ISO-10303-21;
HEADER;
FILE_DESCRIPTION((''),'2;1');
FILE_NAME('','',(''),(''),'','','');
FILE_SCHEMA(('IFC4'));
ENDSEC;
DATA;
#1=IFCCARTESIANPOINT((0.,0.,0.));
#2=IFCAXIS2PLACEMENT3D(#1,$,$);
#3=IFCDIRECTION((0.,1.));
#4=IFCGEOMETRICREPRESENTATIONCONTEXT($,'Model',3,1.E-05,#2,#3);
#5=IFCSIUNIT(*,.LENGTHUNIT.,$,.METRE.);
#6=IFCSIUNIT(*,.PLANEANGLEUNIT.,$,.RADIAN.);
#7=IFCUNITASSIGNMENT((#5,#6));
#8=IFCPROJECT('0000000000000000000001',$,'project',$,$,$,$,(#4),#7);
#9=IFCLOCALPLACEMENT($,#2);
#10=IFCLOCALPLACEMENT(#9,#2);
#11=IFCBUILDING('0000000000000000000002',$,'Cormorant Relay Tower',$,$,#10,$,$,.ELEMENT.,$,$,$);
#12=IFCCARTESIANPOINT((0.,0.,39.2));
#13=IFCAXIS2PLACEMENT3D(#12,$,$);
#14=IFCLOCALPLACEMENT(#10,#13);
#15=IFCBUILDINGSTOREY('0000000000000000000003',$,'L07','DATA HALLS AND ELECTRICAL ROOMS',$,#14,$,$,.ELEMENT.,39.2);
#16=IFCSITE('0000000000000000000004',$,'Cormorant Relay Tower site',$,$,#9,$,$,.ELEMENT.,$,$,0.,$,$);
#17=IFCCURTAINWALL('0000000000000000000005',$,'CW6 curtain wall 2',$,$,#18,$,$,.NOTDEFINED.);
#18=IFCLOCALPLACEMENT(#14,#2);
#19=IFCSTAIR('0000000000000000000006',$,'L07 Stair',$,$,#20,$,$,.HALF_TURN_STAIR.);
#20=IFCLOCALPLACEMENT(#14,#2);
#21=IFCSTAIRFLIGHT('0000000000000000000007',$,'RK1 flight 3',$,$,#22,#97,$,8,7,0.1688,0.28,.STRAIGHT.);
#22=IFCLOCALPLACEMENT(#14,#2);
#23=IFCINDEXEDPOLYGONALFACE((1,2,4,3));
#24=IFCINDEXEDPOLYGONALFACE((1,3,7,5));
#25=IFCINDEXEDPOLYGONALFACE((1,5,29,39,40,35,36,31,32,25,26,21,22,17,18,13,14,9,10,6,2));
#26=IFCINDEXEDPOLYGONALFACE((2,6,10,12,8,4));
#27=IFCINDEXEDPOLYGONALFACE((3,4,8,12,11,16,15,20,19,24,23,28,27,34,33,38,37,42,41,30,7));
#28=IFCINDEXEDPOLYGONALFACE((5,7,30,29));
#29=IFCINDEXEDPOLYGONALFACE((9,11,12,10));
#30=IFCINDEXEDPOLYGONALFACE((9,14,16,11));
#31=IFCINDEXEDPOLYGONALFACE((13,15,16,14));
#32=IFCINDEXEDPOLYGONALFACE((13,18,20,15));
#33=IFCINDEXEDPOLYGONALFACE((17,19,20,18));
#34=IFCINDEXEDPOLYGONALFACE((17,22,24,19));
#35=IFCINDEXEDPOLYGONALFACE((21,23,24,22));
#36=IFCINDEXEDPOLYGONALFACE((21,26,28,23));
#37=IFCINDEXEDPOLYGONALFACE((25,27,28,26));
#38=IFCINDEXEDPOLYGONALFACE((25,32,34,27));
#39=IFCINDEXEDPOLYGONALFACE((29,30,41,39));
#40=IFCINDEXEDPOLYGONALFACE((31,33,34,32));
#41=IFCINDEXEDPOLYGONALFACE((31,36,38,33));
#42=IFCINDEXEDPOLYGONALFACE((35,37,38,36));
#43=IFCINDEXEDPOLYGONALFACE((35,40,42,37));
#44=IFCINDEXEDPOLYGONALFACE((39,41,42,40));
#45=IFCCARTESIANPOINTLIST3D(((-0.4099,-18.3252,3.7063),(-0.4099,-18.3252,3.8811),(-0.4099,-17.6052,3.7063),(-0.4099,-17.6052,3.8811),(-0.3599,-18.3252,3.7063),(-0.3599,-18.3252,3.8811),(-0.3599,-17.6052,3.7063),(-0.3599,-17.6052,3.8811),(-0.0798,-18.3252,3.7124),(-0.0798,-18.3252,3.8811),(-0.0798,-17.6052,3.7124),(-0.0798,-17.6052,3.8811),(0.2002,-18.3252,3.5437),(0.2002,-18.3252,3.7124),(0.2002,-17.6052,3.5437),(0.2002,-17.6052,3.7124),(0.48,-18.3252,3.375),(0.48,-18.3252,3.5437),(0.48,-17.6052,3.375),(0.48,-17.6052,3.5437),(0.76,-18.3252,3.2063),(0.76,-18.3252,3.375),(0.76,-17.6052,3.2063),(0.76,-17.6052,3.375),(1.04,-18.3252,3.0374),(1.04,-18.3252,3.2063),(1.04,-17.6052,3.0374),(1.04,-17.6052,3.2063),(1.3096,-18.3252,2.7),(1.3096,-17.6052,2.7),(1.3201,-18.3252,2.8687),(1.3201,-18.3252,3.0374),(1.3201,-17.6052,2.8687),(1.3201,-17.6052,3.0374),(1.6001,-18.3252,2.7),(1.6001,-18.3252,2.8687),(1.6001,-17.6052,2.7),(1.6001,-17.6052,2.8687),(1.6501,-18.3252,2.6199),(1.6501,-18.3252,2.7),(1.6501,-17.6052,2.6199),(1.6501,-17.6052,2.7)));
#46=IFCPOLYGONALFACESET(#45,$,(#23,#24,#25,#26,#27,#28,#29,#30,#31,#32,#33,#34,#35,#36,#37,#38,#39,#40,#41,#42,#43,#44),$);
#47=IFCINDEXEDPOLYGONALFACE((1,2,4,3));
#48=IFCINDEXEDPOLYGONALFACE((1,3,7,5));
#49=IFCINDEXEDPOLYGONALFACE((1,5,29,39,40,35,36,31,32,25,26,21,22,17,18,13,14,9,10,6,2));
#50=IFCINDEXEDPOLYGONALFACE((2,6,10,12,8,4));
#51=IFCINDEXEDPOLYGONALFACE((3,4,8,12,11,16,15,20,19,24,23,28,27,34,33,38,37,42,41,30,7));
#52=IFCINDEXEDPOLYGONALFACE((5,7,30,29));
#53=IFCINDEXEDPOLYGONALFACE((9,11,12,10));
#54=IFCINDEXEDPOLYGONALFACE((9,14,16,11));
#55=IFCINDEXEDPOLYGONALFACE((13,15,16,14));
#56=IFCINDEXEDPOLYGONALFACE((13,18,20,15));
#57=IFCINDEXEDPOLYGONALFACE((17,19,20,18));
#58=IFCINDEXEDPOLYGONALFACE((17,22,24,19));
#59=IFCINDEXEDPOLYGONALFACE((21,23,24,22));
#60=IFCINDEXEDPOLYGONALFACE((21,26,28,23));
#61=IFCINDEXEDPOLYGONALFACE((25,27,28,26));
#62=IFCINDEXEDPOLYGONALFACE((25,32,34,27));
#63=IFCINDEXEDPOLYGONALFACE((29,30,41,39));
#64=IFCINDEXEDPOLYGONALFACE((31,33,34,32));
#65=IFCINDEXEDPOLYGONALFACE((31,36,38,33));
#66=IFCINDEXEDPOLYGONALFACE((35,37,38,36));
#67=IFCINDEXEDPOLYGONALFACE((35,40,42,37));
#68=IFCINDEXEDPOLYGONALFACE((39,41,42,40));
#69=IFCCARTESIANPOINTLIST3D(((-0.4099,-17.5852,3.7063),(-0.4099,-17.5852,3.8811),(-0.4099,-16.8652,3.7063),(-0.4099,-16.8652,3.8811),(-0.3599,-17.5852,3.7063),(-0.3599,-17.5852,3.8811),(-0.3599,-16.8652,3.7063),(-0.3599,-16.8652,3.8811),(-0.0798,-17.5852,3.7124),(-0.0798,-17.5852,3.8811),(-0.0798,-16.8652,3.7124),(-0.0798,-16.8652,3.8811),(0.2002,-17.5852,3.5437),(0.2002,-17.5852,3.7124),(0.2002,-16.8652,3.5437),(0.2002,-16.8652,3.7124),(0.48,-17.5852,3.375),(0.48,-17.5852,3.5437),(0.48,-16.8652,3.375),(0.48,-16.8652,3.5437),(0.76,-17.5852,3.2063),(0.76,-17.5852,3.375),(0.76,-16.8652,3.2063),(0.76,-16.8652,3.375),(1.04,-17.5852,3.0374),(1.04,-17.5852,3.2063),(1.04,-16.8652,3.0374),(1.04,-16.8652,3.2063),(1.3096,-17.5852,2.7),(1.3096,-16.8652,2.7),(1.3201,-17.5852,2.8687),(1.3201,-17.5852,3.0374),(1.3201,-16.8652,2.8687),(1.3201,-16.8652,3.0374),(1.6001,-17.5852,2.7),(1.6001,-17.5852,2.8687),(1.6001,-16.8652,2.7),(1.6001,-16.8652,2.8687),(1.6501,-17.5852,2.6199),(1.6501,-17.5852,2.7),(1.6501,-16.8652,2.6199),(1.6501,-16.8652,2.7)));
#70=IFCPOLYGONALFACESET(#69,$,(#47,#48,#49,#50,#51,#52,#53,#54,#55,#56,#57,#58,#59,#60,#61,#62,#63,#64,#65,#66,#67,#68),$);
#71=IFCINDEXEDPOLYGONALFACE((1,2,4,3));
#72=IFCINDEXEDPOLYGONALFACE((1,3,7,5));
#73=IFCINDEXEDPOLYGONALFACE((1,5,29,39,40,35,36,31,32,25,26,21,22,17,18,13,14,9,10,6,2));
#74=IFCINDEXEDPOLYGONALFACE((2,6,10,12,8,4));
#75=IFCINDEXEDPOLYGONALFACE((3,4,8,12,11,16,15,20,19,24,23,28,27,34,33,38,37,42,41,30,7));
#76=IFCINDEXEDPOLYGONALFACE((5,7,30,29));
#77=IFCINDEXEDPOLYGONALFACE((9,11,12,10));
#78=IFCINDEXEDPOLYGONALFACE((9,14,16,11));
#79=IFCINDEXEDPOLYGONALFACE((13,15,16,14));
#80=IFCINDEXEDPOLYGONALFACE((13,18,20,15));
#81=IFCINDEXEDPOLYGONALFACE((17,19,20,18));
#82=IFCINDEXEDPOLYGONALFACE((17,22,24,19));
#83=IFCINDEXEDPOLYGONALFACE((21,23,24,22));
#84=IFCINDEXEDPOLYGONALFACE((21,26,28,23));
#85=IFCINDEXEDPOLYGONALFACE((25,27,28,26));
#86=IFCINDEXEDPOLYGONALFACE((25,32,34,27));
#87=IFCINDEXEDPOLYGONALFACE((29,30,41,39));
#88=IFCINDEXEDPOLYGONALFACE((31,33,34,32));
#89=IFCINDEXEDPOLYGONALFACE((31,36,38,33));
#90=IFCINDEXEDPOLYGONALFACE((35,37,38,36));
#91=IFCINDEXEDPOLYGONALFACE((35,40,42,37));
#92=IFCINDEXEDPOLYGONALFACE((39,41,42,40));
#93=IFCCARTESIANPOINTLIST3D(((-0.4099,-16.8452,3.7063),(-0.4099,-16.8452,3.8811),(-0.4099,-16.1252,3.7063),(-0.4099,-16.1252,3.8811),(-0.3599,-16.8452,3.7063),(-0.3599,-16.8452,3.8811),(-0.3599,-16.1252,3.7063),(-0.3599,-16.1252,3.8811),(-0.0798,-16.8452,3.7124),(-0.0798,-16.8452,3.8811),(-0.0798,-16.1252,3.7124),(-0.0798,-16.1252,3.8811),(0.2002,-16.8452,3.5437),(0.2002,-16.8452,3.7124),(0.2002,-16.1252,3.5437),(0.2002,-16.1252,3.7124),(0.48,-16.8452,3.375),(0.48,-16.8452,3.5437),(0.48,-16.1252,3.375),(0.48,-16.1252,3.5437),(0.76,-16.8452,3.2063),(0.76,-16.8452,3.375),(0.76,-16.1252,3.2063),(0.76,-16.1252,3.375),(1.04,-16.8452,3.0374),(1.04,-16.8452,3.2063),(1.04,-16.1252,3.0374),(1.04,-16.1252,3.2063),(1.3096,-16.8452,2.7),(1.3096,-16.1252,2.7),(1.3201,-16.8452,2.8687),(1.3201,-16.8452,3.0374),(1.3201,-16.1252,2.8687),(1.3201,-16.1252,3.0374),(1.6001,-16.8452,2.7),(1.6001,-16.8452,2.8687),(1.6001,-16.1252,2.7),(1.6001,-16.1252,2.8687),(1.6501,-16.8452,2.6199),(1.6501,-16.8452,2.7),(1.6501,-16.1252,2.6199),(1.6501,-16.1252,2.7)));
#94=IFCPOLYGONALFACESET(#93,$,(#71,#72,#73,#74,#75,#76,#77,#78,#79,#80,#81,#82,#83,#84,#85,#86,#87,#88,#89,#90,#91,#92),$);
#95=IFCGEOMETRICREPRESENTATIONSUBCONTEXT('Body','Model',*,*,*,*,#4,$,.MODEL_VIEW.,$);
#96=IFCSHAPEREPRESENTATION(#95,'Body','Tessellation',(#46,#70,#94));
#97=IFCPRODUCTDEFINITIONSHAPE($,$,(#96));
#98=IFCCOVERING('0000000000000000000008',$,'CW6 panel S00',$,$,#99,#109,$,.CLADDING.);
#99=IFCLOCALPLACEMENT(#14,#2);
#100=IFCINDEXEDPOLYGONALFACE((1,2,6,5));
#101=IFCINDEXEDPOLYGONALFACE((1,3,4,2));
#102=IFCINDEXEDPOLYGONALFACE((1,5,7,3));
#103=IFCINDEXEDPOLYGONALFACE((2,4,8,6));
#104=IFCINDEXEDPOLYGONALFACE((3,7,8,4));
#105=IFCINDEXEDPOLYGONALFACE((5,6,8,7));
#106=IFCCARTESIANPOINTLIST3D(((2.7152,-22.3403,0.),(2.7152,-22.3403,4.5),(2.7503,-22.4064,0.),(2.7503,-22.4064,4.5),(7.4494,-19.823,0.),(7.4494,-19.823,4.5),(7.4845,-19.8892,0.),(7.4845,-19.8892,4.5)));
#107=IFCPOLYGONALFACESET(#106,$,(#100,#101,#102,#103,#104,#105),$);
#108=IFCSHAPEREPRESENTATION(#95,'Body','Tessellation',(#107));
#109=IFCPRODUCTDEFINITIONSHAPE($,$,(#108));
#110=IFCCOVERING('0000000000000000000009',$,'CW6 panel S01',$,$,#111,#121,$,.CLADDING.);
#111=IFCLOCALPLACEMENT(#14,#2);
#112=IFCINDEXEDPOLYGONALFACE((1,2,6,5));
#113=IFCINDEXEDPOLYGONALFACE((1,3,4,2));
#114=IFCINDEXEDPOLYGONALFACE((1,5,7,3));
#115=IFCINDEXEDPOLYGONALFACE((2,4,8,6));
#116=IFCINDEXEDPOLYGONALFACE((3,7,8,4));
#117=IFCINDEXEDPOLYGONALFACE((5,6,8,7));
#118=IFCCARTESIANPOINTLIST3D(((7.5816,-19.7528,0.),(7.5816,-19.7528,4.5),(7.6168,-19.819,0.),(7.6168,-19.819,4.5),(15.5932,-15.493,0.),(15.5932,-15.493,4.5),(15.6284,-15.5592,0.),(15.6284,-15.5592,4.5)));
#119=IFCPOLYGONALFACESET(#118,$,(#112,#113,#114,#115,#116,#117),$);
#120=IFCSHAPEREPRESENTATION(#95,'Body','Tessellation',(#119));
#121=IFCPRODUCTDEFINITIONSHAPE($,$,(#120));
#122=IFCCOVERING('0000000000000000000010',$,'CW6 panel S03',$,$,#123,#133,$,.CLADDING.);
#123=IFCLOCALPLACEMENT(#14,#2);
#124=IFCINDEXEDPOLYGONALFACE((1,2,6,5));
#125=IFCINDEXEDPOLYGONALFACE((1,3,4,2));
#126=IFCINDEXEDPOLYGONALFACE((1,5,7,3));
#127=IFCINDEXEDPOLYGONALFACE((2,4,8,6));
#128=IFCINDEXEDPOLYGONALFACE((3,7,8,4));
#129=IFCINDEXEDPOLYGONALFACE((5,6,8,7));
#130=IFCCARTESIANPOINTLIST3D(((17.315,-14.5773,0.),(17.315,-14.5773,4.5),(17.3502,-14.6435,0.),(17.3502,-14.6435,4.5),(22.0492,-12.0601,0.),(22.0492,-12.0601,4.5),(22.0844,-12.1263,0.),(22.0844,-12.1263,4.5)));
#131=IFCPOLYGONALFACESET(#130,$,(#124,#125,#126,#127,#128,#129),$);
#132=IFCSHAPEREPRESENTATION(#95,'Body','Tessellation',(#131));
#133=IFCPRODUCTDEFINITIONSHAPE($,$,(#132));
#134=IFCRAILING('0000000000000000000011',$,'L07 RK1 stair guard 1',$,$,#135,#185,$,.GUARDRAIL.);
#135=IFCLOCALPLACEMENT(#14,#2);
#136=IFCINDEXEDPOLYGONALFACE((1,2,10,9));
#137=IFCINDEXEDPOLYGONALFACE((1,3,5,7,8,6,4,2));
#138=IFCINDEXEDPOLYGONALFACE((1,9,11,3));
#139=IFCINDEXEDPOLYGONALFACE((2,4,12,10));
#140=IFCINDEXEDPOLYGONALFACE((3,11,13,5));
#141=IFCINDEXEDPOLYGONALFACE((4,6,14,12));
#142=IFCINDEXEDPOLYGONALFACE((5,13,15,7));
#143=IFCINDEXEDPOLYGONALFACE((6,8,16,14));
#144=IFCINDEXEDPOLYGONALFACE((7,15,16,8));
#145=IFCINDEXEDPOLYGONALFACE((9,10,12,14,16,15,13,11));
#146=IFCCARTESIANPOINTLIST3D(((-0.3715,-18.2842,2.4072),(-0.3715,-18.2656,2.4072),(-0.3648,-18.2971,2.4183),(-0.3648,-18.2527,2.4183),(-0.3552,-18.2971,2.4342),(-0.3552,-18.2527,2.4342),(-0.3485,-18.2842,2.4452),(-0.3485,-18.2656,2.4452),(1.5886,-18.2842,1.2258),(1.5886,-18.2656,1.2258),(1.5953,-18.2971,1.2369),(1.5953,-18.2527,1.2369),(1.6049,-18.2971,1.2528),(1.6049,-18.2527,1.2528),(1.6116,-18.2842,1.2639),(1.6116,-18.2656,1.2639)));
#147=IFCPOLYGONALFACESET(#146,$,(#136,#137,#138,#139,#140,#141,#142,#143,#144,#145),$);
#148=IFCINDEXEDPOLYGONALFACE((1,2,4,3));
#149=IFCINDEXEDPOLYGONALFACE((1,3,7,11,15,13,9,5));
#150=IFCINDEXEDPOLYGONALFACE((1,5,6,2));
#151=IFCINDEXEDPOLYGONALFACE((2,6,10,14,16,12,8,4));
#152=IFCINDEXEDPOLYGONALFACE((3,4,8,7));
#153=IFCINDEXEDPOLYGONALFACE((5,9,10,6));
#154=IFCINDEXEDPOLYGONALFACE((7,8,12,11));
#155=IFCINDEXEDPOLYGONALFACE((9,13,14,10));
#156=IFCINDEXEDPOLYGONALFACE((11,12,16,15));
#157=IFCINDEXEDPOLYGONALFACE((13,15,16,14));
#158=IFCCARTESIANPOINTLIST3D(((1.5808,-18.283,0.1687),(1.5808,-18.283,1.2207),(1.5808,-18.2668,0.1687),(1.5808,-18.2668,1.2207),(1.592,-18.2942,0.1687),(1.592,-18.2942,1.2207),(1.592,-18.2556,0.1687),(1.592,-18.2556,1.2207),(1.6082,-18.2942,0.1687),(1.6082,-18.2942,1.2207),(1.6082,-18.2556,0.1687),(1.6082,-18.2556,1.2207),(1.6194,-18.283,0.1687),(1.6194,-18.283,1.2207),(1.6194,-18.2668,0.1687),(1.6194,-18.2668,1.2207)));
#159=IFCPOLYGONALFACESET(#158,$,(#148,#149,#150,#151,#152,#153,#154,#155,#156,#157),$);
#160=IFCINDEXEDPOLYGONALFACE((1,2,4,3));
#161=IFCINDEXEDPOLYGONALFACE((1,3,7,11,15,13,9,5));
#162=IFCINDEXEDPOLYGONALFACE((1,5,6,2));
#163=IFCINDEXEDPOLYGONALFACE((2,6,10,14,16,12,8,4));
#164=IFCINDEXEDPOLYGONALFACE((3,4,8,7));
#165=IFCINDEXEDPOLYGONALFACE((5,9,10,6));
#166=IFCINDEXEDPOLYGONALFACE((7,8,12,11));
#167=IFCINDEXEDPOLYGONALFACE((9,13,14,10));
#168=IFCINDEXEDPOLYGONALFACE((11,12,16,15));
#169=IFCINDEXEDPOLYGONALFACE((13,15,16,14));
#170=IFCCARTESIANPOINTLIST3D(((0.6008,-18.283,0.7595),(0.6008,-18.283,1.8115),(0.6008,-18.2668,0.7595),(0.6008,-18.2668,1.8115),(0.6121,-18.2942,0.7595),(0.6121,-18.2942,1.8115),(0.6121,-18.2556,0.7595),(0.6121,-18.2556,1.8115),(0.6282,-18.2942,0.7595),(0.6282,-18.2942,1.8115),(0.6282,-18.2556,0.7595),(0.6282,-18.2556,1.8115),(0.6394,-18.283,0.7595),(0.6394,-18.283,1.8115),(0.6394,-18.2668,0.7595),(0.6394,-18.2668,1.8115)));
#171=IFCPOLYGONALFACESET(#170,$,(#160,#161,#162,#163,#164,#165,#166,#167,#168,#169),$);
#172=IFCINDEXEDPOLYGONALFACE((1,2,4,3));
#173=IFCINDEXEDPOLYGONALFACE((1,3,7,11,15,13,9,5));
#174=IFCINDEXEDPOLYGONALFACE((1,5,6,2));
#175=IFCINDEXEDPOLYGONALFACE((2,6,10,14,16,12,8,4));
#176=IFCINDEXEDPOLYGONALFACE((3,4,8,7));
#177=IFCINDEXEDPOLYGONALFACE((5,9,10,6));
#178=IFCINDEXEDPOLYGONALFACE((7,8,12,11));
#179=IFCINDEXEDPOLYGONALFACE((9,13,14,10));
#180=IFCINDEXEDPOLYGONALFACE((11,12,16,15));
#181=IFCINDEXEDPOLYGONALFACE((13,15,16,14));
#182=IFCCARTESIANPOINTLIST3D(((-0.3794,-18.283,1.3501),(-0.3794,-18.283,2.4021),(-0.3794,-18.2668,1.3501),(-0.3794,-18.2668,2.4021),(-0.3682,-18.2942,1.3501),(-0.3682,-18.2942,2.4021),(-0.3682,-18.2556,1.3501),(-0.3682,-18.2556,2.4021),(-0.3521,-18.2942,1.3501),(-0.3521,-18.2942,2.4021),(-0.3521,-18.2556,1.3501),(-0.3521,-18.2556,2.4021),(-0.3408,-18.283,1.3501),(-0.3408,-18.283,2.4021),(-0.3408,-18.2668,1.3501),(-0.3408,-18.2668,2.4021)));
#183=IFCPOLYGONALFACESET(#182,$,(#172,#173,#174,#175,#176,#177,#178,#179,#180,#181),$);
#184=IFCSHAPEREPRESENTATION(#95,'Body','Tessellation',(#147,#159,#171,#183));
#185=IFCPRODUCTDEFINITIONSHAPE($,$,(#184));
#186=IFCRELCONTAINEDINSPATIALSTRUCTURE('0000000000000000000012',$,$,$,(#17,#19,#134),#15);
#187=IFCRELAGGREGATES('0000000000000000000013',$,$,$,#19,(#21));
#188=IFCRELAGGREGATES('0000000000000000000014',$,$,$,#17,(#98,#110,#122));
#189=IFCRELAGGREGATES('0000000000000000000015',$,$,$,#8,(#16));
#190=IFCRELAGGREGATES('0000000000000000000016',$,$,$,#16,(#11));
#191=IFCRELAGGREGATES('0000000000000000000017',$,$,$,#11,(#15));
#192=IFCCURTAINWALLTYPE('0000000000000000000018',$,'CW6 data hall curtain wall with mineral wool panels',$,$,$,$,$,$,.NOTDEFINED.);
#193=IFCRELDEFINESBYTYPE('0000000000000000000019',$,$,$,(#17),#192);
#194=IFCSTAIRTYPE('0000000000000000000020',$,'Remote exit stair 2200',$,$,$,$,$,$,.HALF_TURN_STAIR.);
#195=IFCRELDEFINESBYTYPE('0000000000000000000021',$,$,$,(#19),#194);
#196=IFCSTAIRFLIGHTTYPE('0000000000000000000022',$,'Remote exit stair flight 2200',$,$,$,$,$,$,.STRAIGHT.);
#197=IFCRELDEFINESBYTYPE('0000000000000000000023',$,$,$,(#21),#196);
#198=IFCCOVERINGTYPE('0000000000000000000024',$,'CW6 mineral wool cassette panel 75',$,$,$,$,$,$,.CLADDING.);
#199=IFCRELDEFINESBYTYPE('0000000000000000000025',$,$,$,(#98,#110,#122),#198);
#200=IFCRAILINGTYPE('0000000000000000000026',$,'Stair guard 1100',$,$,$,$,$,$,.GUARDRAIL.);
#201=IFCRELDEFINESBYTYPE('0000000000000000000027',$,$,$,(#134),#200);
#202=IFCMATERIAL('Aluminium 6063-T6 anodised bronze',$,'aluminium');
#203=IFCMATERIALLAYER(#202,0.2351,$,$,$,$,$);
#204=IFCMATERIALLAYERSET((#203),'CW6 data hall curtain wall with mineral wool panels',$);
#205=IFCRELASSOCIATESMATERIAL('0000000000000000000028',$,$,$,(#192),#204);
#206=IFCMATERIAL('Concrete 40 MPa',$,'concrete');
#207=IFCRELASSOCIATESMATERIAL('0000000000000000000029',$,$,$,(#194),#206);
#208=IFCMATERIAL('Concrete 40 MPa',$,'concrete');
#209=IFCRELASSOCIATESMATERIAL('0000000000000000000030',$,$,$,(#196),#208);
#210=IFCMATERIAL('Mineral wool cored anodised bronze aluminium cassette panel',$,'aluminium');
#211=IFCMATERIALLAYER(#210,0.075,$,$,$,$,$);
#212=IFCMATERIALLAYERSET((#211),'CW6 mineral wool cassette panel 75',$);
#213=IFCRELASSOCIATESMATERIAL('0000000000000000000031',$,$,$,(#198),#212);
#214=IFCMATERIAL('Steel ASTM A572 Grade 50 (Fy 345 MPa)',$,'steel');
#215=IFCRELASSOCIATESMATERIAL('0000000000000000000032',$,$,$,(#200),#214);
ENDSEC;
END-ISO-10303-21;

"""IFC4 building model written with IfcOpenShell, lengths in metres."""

from ifc_helpers import new_model, si_unit, direction, frame, origin, origin_2d, place, context, subcontext, project, spatial, polyline, rectangle, outline, extrude, material, layer, layer_set, type_object, element, aggregate, save


model = new_model("IFC4")

# Units and contexts
model_context = context("Model", 3, precision=1e-05, world=origin(), true_north=direction((0.0, 1.0)))
body_context = subcontext(model_context, "Body", "Model", "MODEL_VIEW")
ifc_project = project(units=[si_unit("LENGTHUNIT", "METRE"), si_unit("PLANEANGLEUNIT", "RADIAN")], contexts=[model_context])

# Site, building, storey
site_placement = place(None, origin())
site = spatial("IfcSite", under=ifc_project, at=site_placement, Name="Cormorant Relay Tower site", CompositionType="ELEMENT", RefElevation=0.0)
building_placement = place(site_placement, origin())
building = spatial("IfcBuilding", under=site, at=building_placement, Name="Cormorant Relay Tower", CompositionType="ELEMENT")
storey_placement = place(building_placement, frame((0.0, 0.0, 39.2)))
storey = spatial("IfcBuildingStorey", under=building, at=storey_placement, Name="L07", Description="DATA HALLS AND ELECTRICAL ROOMS", CompositionType="ELEMENT", Elevation=39.2)

# Curtain wall
ifc_material_1 = material(Name="Aluminium 6063-T6 anodised bronze", Category="aluminium")
ifc_layer_1 = layer(ifc_material_1, 0.2351)
ifc_layer_set_1 = layer_set([ifc_layer_1], Name="CW6 data hall curtain wall with mineral wool panels")
curtain_wall_type = type_object("IfcCurtainWallType", Name="CW6 data hall curtain wall with mineral wool panels", PredefinedType="NOTDEFINED", material=ifc_layer_set_1)
curtain_wall_1_placement = place(storey_placement, origin())
curtain_wall_1 = element("IfcCurtainWall", 1, at=curtain_wall_1_placement, inside=storey, type_object=curtain_wall_type, Name="CW6 curtain wall 2", PredefinedType="NOTDEFINED")

# Stair, stair flight
ifc_material_2 = material(Name="Concrete 40 MPa", Category="concrete")
stair_type = type_object("IfcStairType", Name="Remote exit stair 2200", PredefinedType="HALF_TURN_STAIR", material=ifc_material_2)
stair_placement = place(storey_placement, origin())
stair = element("IfcStair", 2, at=stair_placement, inside=storey, type_object=stair_type, Name="L07 Stair", PredefinedType="HALF_TURN_STAIR")
ifc_material_3 = material(Name="Concrete 40 MPa", Category="concrete")
stair_flight_type = type_object("IfcStairFlightType", Name="Remote exit stair flight 2200", PredefinedType="STRAIGHT", material=ifc_material_3)
stair_flight_1_placement = place(storey_placement, frame((1.6001, -17.2251, 2.7), z_axis=(0.0, 0.0, 1.0), x_axis=(-1.0, 0.0, 0.0)))
stair_flight_1 = element("IfcStairFlight", 3, at=stair_flight_1_placement, type_object=stair_flight_type, Name="RK1 flight 3", NumberOfRisers=8, NumberOfTreads=7, PredefinedType="STRAIGHT", RiserHeight=0.1688, TreadLength=0.28, context=body_context, shape_type="SweptSolid", body=[
    extrude(outline(polyline([(-0.05, -0.0801), (-0.05, 0.0), (0.0, 0.0), (0.0, 0.1687), (0.28, 0.1687), (0.28, 0.3374), (0.5601, 0.3374), (0.5601, 0.5063), (0.8401, 0.5063), (0.8401, 0.675), (1.1201, 0.675), (1.1201, 0.8438), (1.3999, 0.8438), (1.3999, 1.0125), (1.6799, 1.0125), (1.6799, 1.1812), (1.96, 1.1812), (2.01, 1.1812), (2.01, 1.0063), (1.96, 1.0063), (0.2905, 0.0), (-0.05, -0.0801)])), frame((0.0, 1.1001, 0.0), z_axis=(0.0, -1.0, 0.0), x_axis=(1.0, 0.0, 0.0)), (0.0, 0.0, 1.0), 0.72),
    extrude(outline(polyline([(-0.05, -0.0801), (-0.05, 0.0), (0.0, 0.0), (0.0, 0.1687), (0.28, 0.1687), (0.28, 0.3374), (0.5601, 0.3374), (0.5601, 0.5063), (0.8401, 0.5063), (0.8401, 0.675), (1.1201, 0.675), (1.1201, 0.8438), (1.3999, 0.8438), (1.3999, 1.0125), (1.6799, 1.0125), (1.6799, 1.1812), (1.96, 1.1812), (2.01, 1.1812), (2.01, 1.0063), (1.96, 1.0063), (0.2905, 0.0), (-0.05, -0.0801)])), frame((0.0, 0.3601, 0.0), z_axis=(0.0, -1.0, 0.0), x_axis=(1.0, 0.0, 0.0)), (0.0, 0.0, 1.0), 0.72),
    extrude(outline(polyline([(-0.05, -0.0801), (-0.05, 0.0), (0.0, 0.0), (0.0, 0.1687), (0.28, 0.1687), (0.28, 0.3374), (0.5601, 0.3374), (0.5601, 0.5063), (0.8401, 0.5063), (0.8401, 0.675), (1.1201, 0.675), (1.1201, 0.8438), (1.3999, 0.8438), (1.3999, 1.0125), (1.6799, 1.0125), (1.6799, 1.1812), (1.96, 1.1812), (2.01, 1.1812), (2.01, 1.0063), (1.96, 1.0063), (0.2905, 0.0), (-0.05, -0.0801)])), frame((0.0, -0.3799, 0.0), z_axis=(0.0, -1.0, 0.0), x_axis=(1.0, 0.0, 0.0)), (0.0, 0.0, 1.0), 0.72),
])
aggregate(stair, [stair_flight_1])

# Coverings
ifc_material_4 = material(Name="Mineral wool cored anodised bronze aluminium cassette panel", Category="aluminium")
ifc_layer_2 = layer(ifc_material_4, 0.075)
ifc_layer_set_2 = layer_set([ifc_layer_2], Name="CW6 mineral wool cassette panel 75")
covering_type = type_object("IfcCoveringType", Name="CW6 mineral wool cassette panel 75", PredefinedType="CLADDING", material=ifc_layer_set_2)
covering_1_placement = place(storey_placement, frame((5.0999, -21.1147, 0.0), z_axis=(0.0, 0.0, 1.0), x_axis=(0.882948, 0.469472, 0.0)))
covering_1 = element("IfcCovering", 4, at=covering_1_placement, type_object=covering_type, Name="CW6 panel S00", PredefinedType="CLADDING", context=body_context, shape_type="SweptSolid", body=[
    extrude(rectangle(XDim=5.3618, YDim=0.075, at=origin_2d()), origin(), (0.0, 0.0, 1.0), 4.5),
])
covering_2_placement = place(storey_placement, frame((11.605, -17.656, 0.0), z_axis=(0.0, 0.0, 1.0), x_axis=(0.882948, 0.469472, 0.0)))
covering_2 = element("IfcCovering", 5, at=covering_2_placement, type_object=covering_type, Name="CW6 panel S01", PredefinedType="CLADDING", context=body_context, shape_type="SweptSolid", body=[
    extrude(rectangle(XDim=9.0737, YDim=0.075, at=origin_2d()), origin(), (0.0, 0.0, 1.0), 4.5),
])
covering_3_placement = place(storey_placement, frame((19.6997, -13.3518, 0.0), z_axis=(0.0, 0.0, 1.0), x_axis=(0.882948, 0.469472, 0.0)))
covering_3 = element("IfcCovering", 6, at=covering_3_placement, type_object=covering_type, Name="CW6 panel S03", PredefinedType="CLADDING", context=body_context, shape_type="SweptSolid", body=[
    extrude(rectangle(XDim=5.3618, YDim=0.075, at=origin_2d()), origin(), (0.0, 0.0, 1.0), 4.5),
])
aggregate(curtain_wall_1, [covering_1, covering_2, covering_3])

# Railing
ifc_material_5 = material(Name="Steel ASTM A572 Grade 50 (Fy 345 MPa)", Category="steel")
railing_type_1 = type_object("IfcRailingType", Name="Stair guard 1100", PredefinedType="GUARDRAIL", material=ifc_material_5)
railing_1_placement = place(storey_placement, frame((1.6001, -18.2749, 0.1687)))
element("IfcRailing", 7, at=railing_1_placement, inside=storey, type_object=railing_type_1, Name="L07 RK1 stair guard 1", PredefinedType="GUARDRAIL", context=body_context, shape_type="SweptSolid", body=[
    extrude(outline(polyline([(0.0222, 0.0093), (0.0093, 0.0222), (-0.0093, 0.0222), (-0.0222, 0.0093), (-0.0222, -0.0093), (-0.0093, -0.0222), (0.0093, -0.0222), (0.0222, -0.0093), (0.0222, 0.0093)])), frame((0.0, 0.0, 1.0762), z_axis=(-0.856475, 0.0, 0.516189), x_axis=(0.0, -1.0, 0.0)), (0.0, 0.0, 1.0), 2.2886),
    extrude(outline(polyline([(0.0193, 0.0081), (0.0081, 0.0193), (-0.0081, 0.0193), (-0.0193, 0.0081), (-0.0193, -0.0081), (-0.0081, -0.0193), (0.0081, -0.0193), (0.0193, -0.0081), (0.0193, 0.0081)])), origin(), (0.0, 0.0, 1.0), 1.052),
    extrude(outline(polyline([(0.0193, 0.0081), (0.0081, 0.0193), (-0.0081, 0.0193), (-0.0193, 0.0081), (-0.0193, -0.0081), (-0.0081, -0.0193), (0.0081, -0.0193), (0.0193, -0.0081), (0.0193, 0.0081)])), frame((-0.98, 0.0, 0.5908)), (0.0, 0.0, 1.0), 1.052),
    extrude(outline(polyline([(0.0193, 0.0081), (0.0081, 0.0193), (-0.0081, 0.0193), (-0.0193, 0.0081), (-0.0193, -0.0081), (-0.0081, -0.0193), (0.0081, -0.0193), (0.0193, -0.0081), (0.0193, 0.0081)])), frame((-1.9602, 0.0, 1.1814)), (0.0, 0.0, 1.0), 1.052),
])

save(model, "model.ifc")
